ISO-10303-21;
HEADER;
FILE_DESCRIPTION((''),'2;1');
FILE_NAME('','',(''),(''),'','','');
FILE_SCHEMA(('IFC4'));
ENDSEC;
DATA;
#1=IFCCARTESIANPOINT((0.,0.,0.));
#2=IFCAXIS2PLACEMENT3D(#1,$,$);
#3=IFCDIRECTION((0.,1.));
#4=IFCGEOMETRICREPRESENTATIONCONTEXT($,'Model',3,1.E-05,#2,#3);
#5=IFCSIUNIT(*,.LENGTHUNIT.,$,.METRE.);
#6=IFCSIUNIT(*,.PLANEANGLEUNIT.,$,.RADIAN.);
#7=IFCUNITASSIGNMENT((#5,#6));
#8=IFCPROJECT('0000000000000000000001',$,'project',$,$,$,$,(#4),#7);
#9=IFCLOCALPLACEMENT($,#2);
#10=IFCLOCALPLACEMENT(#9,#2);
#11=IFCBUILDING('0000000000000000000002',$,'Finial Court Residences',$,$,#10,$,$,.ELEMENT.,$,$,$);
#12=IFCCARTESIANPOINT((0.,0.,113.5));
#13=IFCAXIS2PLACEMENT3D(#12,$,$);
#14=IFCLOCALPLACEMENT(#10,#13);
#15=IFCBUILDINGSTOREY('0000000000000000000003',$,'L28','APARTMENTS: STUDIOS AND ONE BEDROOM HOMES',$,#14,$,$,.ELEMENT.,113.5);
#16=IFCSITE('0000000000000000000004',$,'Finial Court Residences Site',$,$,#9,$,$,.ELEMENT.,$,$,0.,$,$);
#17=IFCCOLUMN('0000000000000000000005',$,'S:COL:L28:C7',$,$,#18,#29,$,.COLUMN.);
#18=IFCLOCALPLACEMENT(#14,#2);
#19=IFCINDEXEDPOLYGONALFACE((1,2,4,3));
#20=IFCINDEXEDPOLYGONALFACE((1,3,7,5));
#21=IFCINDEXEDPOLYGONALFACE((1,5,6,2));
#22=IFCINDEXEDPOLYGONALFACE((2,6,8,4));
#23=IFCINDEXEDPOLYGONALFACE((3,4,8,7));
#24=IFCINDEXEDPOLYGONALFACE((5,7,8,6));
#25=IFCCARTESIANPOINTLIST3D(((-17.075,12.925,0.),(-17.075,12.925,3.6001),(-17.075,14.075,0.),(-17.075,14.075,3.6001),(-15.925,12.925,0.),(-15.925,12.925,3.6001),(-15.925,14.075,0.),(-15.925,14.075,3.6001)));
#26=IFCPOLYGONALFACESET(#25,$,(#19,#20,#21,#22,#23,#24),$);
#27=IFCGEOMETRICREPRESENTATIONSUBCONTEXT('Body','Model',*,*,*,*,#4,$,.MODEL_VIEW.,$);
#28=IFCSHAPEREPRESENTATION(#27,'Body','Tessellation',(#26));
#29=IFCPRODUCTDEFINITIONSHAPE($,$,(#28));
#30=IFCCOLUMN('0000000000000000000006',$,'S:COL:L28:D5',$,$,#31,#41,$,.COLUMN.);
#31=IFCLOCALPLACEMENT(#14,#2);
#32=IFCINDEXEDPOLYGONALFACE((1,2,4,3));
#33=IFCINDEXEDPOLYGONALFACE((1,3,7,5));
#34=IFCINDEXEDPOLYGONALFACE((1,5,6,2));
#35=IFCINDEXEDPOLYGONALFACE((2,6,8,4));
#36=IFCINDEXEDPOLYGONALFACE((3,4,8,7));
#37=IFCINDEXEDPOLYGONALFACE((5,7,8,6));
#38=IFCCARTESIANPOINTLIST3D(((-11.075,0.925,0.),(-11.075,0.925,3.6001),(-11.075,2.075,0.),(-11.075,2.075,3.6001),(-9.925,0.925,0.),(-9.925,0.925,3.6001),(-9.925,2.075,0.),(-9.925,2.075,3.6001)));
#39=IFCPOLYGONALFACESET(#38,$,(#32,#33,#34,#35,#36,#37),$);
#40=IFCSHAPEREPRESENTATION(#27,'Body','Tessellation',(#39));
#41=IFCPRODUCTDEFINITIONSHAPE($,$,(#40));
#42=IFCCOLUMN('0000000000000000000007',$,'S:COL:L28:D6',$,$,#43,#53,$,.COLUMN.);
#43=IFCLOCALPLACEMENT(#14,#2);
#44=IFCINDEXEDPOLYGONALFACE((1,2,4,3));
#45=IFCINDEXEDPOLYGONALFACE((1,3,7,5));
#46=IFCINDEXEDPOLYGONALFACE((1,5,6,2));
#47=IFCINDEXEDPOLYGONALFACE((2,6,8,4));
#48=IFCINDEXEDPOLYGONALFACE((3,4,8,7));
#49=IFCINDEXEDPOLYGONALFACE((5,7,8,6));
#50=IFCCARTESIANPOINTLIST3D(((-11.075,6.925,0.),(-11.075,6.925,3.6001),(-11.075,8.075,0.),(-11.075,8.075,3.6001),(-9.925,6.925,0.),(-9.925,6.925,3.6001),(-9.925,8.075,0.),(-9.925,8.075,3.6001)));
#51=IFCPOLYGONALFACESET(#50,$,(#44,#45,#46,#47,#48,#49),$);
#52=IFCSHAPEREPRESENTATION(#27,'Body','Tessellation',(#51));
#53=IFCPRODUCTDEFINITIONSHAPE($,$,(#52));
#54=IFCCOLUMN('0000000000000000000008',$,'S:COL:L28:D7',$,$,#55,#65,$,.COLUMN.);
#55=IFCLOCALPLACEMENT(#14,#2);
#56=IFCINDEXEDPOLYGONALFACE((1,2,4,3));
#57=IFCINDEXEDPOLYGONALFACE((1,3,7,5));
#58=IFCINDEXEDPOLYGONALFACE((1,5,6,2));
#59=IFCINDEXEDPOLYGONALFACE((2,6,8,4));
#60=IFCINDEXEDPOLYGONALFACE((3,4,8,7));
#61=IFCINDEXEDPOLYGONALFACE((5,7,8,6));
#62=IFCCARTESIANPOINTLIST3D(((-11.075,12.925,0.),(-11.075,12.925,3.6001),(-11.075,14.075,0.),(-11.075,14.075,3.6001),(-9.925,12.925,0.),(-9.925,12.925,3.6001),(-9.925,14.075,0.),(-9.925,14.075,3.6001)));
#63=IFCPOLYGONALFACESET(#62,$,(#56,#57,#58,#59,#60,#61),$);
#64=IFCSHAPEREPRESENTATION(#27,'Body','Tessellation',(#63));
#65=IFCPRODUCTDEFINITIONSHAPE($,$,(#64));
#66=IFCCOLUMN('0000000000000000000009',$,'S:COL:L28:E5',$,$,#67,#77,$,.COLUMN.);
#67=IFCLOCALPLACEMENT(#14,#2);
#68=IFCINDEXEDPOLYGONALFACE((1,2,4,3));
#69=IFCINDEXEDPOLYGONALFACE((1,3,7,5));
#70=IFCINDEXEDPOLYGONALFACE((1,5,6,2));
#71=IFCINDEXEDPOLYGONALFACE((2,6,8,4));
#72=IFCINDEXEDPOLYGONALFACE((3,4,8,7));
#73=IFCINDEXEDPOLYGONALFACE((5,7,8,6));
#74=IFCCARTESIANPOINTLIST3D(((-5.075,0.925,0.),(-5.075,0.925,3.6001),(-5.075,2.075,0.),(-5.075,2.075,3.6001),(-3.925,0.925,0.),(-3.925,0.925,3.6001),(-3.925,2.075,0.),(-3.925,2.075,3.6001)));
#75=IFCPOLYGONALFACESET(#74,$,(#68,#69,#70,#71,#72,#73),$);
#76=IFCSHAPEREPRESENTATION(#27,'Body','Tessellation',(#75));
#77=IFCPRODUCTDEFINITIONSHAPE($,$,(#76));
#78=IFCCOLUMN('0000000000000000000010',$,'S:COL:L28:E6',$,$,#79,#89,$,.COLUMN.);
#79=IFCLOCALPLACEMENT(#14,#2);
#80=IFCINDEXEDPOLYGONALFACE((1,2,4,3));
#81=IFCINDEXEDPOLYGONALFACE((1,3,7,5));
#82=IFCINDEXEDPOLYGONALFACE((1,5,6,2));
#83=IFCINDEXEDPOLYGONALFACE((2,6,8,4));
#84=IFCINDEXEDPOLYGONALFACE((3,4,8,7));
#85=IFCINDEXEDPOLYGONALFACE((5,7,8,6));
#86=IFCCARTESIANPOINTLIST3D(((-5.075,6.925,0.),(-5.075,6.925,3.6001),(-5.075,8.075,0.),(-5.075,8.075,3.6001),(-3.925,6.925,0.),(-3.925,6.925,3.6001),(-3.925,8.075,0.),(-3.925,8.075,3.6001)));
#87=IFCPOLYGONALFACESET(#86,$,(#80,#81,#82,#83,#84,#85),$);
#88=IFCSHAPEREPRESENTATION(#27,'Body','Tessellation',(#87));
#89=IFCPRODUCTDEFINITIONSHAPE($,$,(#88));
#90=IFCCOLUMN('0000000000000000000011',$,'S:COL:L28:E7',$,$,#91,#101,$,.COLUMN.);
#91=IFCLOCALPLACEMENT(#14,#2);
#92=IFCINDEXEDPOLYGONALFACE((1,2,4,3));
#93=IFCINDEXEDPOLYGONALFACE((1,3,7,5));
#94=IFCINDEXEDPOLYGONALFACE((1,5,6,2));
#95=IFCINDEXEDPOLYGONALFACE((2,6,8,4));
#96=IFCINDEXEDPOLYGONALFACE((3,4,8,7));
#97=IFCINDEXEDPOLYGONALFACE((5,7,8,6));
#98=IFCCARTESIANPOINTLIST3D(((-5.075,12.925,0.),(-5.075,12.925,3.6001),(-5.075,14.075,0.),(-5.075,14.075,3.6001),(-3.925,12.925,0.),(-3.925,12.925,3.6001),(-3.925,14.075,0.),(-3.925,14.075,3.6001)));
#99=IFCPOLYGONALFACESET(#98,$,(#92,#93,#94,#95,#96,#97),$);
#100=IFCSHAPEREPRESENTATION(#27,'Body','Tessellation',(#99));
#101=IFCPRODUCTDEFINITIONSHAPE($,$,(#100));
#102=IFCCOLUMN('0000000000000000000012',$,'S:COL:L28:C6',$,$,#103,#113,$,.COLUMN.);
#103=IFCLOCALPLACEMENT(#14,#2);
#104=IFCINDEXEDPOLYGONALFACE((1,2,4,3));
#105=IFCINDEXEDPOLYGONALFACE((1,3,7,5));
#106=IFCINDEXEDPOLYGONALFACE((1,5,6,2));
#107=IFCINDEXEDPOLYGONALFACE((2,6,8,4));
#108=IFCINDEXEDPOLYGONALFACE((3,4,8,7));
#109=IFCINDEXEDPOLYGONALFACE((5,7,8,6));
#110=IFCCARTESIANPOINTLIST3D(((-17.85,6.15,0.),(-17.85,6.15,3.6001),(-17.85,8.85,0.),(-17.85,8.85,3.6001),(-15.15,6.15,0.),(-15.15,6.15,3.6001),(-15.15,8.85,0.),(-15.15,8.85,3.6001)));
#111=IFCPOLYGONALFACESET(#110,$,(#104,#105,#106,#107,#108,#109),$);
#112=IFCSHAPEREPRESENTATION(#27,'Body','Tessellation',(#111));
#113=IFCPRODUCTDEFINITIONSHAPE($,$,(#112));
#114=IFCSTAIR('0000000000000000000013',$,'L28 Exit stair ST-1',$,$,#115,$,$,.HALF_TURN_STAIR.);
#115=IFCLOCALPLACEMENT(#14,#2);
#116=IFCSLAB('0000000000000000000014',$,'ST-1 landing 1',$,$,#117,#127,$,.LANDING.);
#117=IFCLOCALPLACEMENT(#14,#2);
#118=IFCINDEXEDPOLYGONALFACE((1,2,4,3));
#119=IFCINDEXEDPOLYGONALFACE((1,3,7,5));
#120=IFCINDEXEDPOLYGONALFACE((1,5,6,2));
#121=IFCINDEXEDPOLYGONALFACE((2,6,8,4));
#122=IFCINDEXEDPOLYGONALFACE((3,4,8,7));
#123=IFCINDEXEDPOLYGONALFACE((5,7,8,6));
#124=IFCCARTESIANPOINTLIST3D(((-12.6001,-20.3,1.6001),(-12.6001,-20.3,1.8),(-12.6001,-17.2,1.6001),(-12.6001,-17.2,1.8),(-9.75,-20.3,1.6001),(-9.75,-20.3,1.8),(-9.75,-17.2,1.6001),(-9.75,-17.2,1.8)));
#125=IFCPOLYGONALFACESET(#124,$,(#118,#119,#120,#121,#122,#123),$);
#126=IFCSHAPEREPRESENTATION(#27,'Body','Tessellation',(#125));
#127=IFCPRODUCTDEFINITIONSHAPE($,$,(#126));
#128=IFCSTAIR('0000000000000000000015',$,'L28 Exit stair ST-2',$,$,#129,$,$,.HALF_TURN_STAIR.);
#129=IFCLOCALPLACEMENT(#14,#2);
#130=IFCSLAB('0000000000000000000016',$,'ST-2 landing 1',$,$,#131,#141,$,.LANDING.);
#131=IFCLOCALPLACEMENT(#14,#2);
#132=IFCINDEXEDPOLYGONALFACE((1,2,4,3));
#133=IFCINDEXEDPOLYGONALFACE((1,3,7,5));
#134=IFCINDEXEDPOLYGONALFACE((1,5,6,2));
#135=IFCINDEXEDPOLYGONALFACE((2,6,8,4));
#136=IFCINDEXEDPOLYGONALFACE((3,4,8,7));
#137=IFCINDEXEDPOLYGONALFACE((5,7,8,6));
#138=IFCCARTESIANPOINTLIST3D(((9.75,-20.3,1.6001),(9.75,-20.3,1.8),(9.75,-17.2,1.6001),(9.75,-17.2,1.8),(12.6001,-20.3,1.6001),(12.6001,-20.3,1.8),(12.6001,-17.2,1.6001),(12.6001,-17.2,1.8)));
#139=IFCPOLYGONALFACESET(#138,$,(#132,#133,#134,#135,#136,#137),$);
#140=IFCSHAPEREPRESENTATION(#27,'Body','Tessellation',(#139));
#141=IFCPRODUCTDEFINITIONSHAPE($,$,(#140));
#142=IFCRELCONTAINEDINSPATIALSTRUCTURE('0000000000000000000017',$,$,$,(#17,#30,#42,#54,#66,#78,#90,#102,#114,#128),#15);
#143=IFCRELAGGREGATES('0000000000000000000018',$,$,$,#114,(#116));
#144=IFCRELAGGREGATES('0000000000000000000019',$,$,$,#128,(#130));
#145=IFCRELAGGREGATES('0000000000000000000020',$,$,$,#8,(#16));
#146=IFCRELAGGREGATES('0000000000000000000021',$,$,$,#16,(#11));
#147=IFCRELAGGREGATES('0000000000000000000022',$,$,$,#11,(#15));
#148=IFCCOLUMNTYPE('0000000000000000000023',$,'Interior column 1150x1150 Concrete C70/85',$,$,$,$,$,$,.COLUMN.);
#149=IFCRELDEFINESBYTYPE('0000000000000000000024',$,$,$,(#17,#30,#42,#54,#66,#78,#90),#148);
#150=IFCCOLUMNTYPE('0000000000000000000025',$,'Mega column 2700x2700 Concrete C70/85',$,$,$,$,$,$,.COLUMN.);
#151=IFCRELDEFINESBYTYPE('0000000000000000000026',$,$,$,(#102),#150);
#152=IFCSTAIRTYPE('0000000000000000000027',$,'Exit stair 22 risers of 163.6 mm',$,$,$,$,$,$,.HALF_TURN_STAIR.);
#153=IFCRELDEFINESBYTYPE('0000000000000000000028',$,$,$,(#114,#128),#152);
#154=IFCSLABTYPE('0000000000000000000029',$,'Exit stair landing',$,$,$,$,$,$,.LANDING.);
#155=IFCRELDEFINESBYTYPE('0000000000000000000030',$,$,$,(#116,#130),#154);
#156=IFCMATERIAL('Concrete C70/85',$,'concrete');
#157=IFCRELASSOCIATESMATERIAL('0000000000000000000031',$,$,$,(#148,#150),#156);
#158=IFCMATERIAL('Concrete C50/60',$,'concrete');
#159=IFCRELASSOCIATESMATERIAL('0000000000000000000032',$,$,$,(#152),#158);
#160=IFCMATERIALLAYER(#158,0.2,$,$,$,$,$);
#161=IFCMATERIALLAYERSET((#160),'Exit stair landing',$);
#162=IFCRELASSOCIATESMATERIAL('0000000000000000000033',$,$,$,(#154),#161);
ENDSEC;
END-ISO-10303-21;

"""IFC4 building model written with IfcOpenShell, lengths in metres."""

from ifc_helpers import new_model, si_unit, direction, frame, origin, origin_2d, place, context, subcontext, project, spatial, polyline, rectangle, outline, extrude, material, layer, layer_set, material_profile, profile_set, type_object, element, aggregate, save


model = new_model("IFC4")

# Units and contexts
model_context = context("Model", 3, precision=1e-05, world=origin(), true_north=direction((0.0, 1.0)))
body_context = subcontext(model_context, "Body", "Model", "MODEL_VIEW")
ifc_project = project(units=[si_unit("LENGTHUNIT", "METRE"), si_unit("PLANEANGLEUNIT", "RADIAN")], contexts=[model_context])

# Site, building, storey
site_placement = place(None, origin())
site = spatial("IfcSite", under=ifc_project, at=site_placement, Name="Finial Court Residences Site", CompositionType="ELEMENT", RefElevation=0.0)
building_placement = place(site_placement, origin())
building = spatial("IfcBuilding", under=site, at=building_placement, Name="Finial Court Residences", CompositionType="ELEMENT")
storey_placement = place(building_placement, frame((0.0, 0.0, 113.5)))
storey = spatial("IfcBuildingStorey", under=building, at=storey_placement, Name="L28", Description="APARTMENTS: STUDIOS AND ONE BEDROOM HOMES", CompositionType="ELEMENT", Elevation=113.5)

# Columns
ifc_material_1 = material(Name="Concrete C70/85", Category="concrete")
ifc_material_profile_1 = material_profile(ifc_material_1, rectangle(XDim=1.1499, YDim=1.1499, at=origin_2d()), Name="1150x1150")
ifc_profile_set_1 = profile_set([ifc_material_profile_1], Name="Concrete C70/85")
column_type_1 = type_object("IfcColumnType", Name="Interior column 1150x1150 Concrete C70/85", PredefinedType="COLUMN", material=ifc_profile_set_1)
for number, where, z_axis, x_axis, name in (
    (1, (-16.5, 13.5, 0.0), (0.0, 0.0, 1.0), (1.0, 0.0, 0.0), "S:COL:L28:C7"),
    (2, (-10.5, 1.5, 0.0), (0.0, 0.0, 1.0), (1.0, 0.0, 0.0), "S:COL:L28:D5"),
    (3, (-10.5, 7.5, 0.0), (0.0, 0.0, 1.0), (1.0, 0.0, 0.0), "S:COL:L28:D6"),
    (4, (-10.5, 13.5, 0.0), (0.0, 0.0, 1.0), (1.0, 0.0, 0.0), "S:COL:L28:D7"),
    (5, (-4.5, 1.5, 0.0), (0.0, 0.0, 1.0), (1.0, 0.0, 0.0), "S:COL:L28:E5"),
    (6, (-4.5, 7.5, 0.0), (0.0, 0.0, 1.0), (1.0, 0.0, 0.0), "S:COL:L28:E6"),
    (7, (-4.5, 13.5, 0.0), (0.0, 0.0, 1.0), (1.0, 0.0, 0.0), "S:COL:L28:E7"),
):
    element("IfcColumn", number, at=place(storey_placement, frame(where, z_axis=z_axis, x_axis=x_axis)), inside=storey, type_object=column_type_1, Name=name, PredefinedType="COLUMN", context=body_context, shape_type="SweptSolid", body=[
        extrude(rectangle(XDim=1.1499, YDim=1.1499, at=origin_2d()), origin(), (0.0, 0.0, 1.0), 3.6001),
    ])
ifc_material_profile_2 = material_profile(ifc_material_1, rectangle(XDim=2.7, YDim=2.7, at=origin_2d()), Name="2700x2700")
ifc_profile_set_2 = profile_set([ifc_material_profile_2], Name="Concrete C70/85")
column_type_2 = type_object("IfcColumnType", Name="Mega column 2700x2700 Concrete C70/85", PredefinedType="COLUMN", material=ifc_profile_set_2)
column_placement = place(storey_placement, frame((-16.5, 7.5, 0.0), z_axis=(0.0, 0.0, 1.0), x_axis=(1.0, 0.0, 0.0)))
element("IfcColumn", 8, at=column_placement, inside=storey, type_object=column_type_2, Name="S:COL:L28:C6", PredefinedType="COLUMN", context=body_context, shape_type="SweptSolid", body=[
    extrude(rectangle(XDim=2.7, YDim=2.7, at=origin_2d()), origin(), (0.0, 0.0, 1.0), 3.6001),
])

# Stairs, slabs
ifc_material_2 = material(Name="Concrete C50/60", Category="concrete")
stair_type = type_object("IfcStairType", Name="Exit stair 22 risers of 163.6 mm", PredefinedType="HALF_TURN_STAIR", material=ifc_material_2)
stair_1_placement = place(storey_placement, origin())
stair_1 = element("IfcStair", 9, at=stair_1_placement, inside=storey, type_object=stair_type, Name="L28 Exit stair ST-1", PredefinedType="HALF_TURN_STAIR")
ifc_layer_1 = layer(ifc_material_2, 0.2)
ifc_layer_set_1 = layer_set([ifc_layer_1], Name="Exit stair landing")
slab_type_1 = type_object("IfcSlabType", Name="Exit stair landing", PredefinedType="LANDING", material=ifc_layer_set_1)
slab_1_placement = place(storey_placement, frame((0.0, 0.0, 1.6001)))
slab_1 = element("IfcSlab", 10, at=slab_1_placement, type_object=slab_type_1, Name="ST-1 landing 1", PredefinedType="LANDING", context=body_context, shape_type="SweptSolid", body=[
    extrude(outline(polyline([(-9.75, -20.3), (-9.75, -17.2), (-12.6001, -17.2), (-12.6001, -20.3), (-9.75, -20.3)])), origin(), (0.0, 0.0, 1.0), 0.2),
])
aggregate(stair_1, [slab_1])
stair_2_placement = place(storey_placement, origin())
stair_2 = element("IfcStair", 11, at=stair_2_placement, inside=storey, type_object=stair_type, Name="L28 Exit stair ST-2", PredefinedType="HALF_TURN_STAIR")
slab_2_placement = place(storey_placement, frame((0.0, 0.0, 1.6001)))
slab_2 = element("IfcSlab", 12, at=slab_2_placement, type_object=slab_type_1, Name="ST-2 landing 1", PredefinedType="LANDING", context=body_context, shape_type="SweptSolid", body=[
    extrude(outline(polyline([(12.6001, -20.3), (12.6001, -17.2), (9.75, -17.2), (9.75, -20.3), (12.6001, -20.3)])), origin(), (0.0, 0.0, 1.0), 0.2),
])
aggregate(stair_2, [slab_2])

save(model, "model.ifc")
